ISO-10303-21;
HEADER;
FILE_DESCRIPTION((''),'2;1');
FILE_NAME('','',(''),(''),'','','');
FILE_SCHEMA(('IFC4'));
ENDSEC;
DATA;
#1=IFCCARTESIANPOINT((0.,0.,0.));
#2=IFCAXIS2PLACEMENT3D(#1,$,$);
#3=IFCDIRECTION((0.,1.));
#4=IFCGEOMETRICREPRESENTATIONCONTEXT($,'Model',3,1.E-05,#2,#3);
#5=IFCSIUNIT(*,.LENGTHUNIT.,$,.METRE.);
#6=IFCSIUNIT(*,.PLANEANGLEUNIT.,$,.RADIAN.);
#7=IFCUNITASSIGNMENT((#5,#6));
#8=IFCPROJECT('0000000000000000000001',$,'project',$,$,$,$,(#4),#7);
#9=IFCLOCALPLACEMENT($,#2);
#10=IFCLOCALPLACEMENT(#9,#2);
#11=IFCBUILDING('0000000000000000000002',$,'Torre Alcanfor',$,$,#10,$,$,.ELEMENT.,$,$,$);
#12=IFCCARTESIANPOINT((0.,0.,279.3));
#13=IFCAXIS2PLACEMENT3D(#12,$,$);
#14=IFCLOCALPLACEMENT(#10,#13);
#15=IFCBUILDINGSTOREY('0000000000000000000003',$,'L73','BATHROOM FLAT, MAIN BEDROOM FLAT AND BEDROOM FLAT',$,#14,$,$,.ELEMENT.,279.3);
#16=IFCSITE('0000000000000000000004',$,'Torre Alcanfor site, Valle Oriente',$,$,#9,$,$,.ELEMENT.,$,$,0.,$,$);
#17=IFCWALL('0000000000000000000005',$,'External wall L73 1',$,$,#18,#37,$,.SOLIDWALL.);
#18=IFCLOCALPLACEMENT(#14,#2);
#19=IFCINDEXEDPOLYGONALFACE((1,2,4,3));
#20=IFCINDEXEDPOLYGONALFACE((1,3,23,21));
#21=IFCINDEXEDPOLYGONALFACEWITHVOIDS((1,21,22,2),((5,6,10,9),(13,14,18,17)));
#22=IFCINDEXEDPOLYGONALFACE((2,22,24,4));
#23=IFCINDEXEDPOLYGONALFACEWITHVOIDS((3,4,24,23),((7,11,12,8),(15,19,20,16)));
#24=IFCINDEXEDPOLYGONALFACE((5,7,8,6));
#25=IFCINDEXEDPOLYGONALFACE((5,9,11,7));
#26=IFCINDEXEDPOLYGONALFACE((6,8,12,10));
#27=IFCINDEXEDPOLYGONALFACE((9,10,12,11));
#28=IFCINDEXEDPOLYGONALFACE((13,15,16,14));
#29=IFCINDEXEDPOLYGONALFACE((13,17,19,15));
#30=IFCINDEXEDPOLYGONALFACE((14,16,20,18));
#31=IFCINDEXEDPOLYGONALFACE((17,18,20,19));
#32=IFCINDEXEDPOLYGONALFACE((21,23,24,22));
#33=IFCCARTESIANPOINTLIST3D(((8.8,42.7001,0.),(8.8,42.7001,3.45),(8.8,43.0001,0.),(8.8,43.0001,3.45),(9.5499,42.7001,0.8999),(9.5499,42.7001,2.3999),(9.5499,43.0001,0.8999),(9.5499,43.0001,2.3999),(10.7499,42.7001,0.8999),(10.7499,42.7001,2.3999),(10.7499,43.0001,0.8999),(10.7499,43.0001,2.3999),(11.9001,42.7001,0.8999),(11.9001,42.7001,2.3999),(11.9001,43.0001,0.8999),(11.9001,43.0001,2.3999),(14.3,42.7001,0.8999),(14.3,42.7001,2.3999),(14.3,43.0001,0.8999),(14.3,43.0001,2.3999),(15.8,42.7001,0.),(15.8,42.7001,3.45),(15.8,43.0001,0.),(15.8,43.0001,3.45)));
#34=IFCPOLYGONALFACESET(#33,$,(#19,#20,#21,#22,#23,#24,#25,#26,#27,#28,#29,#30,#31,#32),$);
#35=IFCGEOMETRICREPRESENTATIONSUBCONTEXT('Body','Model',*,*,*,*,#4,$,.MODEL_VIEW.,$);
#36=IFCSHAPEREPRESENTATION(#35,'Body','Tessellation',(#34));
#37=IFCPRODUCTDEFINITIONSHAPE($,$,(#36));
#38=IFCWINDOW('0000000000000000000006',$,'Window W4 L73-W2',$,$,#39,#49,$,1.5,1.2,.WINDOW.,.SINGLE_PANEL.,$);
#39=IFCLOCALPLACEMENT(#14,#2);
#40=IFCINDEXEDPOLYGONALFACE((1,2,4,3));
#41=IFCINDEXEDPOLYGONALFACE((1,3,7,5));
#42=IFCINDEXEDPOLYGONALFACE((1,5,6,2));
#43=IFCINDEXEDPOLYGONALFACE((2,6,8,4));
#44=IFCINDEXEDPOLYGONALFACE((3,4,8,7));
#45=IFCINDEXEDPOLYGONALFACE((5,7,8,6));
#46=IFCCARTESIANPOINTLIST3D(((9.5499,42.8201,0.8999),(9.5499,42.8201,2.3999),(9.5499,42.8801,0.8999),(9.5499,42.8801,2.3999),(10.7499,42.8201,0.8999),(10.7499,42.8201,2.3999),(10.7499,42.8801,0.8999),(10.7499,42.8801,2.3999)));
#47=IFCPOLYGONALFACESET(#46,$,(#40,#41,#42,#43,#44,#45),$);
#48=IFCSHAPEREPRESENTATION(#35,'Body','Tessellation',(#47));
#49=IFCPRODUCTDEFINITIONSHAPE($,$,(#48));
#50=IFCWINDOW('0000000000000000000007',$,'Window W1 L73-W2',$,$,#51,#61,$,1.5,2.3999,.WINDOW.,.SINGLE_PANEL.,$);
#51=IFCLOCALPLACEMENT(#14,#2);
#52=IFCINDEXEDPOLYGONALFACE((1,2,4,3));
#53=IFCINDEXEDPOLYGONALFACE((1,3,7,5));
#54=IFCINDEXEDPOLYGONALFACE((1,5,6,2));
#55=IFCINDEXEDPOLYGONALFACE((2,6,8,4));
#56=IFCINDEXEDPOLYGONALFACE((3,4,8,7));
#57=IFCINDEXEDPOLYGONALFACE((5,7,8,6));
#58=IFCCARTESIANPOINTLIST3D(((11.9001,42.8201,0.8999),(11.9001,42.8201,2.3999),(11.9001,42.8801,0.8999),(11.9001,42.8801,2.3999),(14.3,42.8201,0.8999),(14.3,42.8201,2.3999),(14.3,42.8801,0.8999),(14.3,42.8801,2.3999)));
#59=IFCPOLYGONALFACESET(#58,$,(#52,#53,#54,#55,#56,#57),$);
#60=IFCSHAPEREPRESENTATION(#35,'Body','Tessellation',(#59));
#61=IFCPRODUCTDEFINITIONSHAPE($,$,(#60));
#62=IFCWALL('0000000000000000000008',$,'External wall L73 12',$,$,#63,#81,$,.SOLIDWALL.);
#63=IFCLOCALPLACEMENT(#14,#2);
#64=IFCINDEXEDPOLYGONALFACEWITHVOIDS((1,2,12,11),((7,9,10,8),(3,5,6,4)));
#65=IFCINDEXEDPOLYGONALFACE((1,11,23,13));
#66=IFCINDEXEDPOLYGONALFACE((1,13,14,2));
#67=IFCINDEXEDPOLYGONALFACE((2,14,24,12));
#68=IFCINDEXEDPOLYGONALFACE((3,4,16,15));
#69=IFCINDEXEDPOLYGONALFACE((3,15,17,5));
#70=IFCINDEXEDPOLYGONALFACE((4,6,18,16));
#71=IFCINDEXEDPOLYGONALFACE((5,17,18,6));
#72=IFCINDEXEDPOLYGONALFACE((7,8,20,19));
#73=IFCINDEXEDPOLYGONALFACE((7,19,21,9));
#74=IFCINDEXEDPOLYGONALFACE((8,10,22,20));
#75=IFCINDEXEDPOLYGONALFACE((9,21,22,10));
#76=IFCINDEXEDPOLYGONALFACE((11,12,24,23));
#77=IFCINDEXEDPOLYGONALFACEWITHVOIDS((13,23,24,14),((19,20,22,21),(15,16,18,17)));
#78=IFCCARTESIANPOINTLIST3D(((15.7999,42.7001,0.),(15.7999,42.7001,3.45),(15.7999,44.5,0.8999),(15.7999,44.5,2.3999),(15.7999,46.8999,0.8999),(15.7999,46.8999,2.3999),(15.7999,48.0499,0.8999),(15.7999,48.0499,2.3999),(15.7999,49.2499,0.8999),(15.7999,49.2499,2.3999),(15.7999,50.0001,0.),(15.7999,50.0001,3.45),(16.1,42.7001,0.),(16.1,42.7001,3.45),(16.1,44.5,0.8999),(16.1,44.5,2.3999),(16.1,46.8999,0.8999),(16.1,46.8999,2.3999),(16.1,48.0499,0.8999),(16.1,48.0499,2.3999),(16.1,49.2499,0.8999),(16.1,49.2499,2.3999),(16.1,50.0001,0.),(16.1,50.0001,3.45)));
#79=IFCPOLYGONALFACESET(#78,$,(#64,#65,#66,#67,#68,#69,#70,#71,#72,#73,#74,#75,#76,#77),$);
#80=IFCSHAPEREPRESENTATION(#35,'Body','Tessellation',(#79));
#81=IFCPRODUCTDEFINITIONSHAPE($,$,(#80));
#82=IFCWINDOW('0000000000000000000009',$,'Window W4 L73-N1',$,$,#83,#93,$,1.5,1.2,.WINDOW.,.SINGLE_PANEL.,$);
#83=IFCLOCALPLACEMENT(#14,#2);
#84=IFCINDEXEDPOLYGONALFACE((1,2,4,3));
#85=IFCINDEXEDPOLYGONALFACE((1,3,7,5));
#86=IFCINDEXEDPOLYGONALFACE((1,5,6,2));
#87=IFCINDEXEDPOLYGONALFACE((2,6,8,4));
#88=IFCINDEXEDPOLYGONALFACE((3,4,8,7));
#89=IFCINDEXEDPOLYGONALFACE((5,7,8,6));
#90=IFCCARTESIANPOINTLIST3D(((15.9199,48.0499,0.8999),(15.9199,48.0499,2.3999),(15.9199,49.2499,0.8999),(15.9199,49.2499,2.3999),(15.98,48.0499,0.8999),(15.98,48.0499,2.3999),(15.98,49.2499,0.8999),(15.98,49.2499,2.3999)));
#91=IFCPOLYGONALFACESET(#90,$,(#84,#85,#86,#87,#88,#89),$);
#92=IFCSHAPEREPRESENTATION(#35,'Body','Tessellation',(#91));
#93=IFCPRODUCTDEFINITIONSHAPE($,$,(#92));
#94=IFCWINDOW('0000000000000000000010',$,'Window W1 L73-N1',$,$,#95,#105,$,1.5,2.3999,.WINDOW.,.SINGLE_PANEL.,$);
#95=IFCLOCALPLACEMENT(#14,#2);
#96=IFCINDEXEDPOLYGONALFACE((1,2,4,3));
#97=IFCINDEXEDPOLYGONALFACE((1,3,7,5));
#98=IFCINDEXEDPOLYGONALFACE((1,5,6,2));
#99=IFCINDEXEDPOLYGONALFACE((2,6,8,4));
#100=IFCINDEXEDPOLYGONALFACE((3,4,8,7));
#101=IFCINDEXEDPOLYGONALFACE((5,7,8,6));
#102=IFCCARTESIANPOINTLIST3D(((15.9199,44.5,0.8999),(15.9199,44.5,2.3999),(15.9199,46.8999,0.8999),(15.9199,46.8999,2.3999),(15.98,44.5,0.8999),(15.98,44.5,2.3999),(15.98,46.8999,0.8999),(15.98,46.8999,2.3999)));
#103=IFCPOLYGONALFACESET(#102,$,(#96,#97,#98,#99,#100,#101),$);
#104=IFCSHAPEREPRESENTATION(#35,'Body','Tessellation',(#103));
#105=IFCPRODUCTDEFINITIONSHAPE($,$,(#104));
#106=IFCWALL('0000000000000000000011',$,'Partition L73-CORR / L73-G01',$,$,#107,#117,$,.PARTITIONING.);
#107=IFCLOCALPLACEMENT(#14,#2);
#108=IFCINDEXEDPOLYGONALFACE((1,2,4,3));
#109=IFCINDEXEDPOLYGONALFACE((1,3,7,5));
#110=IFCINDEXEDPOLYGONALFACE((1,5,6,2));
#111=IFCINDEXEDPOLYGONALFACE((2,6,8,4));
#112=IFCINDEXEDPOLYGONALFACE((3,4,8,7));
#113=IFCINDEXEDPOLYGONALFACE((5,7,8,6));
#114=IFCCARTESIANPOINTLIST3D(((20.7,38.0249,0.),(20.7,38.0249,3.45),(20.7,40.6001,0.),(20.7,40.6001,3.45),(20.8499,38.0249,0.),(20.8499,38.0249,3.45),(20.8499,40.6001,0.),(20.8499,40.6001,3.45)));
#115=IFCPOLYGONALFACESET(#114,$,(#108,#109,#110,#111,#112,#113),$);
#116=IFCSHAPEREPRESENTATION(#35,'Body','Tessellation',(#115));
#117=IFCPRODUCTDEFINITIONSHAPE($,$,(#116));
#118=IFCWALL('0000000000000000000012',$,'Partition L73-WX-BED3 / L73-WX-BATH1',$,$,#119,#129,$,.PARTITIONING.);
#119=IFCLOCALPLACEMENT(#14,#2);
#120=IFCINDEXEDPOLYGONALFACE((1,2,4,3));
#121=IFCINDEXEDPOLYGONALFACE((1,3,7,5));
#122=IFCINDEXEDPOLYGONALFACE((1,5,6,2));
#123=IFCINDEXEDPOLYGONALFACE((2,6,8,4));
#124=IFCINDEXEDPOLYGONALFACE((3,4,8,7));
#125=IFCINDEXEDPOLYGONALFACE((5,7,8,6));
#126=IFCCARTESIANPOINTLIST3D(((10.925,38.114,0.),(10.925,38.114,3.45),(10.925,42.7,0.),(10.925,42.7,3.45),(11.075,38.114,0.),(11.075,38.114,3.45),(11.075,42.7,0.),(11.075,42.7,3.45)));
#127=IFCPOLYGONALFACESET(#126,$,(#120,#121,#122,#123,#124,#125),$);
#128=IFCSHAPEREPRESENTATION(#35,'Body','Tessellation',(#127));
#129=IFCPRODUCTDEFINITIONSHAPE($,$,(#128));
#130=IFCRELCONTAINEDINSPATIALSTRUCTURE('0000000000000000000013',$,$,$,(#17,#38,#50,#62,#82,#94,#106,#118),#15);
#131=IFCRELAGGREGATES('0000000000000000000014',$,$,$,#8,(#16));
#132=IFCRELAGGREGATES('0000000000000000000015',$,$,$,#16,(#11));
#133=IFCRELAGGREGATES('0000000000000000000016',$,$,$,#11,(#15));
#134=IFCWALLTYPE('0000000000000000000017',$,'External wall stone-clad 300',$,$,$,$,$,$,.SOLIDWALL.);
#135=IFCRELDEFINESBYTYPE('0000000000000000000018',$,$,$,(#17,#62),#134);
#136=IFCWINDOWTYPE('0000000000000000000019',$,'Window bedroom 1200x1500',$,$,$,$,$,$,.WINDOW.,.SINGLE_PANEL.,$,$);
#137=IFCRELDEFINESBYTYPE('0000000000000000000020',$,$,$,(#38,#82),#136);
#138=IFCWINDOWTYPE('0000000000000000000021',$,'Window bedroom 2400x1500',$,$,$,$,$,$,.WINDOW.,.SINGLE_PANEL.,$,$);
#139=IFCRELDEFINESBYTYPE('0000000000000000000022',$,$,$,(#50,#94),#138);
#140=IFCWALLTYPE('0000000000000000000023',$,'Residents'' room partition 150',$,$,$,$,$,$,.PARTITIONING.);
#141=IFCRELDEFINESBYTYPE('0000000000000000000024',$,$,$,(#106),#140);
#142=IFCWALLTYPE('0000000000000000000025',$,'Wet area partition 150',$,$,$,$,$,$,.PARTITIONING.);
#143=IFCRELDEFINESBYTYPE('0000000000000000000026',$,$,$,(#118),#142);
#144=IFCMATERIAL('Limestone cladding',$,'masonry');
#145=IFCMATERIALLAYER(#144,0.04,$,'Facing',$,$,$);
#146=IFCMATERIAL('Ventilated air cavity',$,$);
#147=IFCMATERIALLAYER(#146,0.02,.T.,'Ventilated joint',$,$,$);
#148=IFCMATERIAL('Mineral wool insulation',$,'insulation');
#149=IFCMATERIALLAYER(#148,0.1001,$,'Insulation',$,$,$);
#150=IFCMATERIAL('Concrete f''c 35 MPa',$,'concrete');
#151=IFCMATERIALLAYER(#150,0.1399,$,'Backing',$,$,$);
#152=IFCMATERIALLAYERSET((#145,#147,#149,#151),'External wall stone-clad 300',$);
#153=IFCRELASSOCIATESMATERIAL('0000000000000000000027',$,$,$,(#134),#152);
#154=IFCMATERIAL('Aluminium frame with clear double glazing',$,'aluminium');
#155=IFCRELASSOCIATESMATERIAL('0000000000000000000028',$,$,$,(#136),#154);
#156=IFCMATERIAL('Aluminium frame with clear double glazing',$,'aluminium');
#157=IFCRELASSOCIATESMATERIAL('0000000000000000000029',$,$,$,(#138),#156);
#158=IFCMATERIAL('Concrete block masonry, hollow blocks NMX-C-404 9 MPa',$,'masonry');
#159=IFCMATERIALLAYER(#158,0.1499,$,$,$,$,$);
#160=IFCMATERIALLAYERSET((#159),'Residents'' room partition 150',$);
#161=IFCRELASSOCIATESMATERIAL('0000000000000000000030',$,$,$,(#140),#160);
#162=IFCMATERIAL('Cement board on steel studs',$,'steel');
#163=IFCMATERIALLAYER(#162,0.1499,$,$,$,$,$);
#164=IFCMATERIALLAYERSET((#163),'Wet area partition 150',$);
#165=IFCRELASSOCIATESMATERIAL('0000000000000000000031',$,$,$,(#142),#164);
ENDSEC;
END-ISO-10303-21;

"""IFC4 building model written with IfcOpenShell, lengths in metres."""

from ifc_helpers import new_model, si_unit, direction, frame, frame_2d, origin, place, context, subcontext, project, spatial, rectangle, extrude, material, layer, layer_set, type_object, element, fill, save


model = new_model("IFC4")

# Units and contexts
model_context = context("Model", 3, precision=1e-05, world=origin(), true_north=direction((0.0, 1.0)))
body_context = subcontext(model_context, "Body", "Model", "MODEL_VIEW")
ifc_project = project(units=[si_unit("LENGTHUNIT", "METRE"), si_unit("PLANEANGLEUNIT", "RADIAN")], contexts=[model_context])

# Site, building, storey
site_placement = place(None, origin())
site = spatial("IfcSite", under=ifc_project, at=site_placement, Name="Torre Alcanfor site, Valle Oriente", CompositionType="ELEMENT", RefElevation=0.0)
building_placement = place(site_placement, origin())
building = spatial("IfcBuilding", under=site, at=building_placement, Name="Torre Alcanfor", CompositionType="ELEMENT")
storey_placement = place(building_placement, frame((0.0, 0.0, 279.3)))
storey = spatial("IfcBuildingStorey", under=building, at=storey_placement, Name="L73", Description="BATHROOM FLAT, MAIN BEDROOM FLAT AND BEDROOM FLAT", CompositionType="ELEMENT", Elevation=279.3)

# Walls, openings, windows
ifc_material_1 = material(Name="Limestone cladding", Category="masonry")
ifc_layer_1 = layer(ifc_material_1, 0.04, Name="Facing")
ifc_material_2 = material(Name="Ventilated air cavity")
ifc_layer_2 = layer(ifc_material_2, 0.02, ventilated=True, Name="Ventilated joint")
ifc_material_3 = material(Name="Mineral wool insulation", Category="insulation")
ifc_layer_3 = layer(ifc_material_3, 0.1001, Name="Insulation")
ifc_material_4 = material(Name="Concrete f'c 35 MPa", Category="concrete")
ifc_layer_4 = layer(ifc_material_4, 0.1399, Name="Backing")
ifc_layer_set_1 = layer_set([ifc_layer_1, ifc_layer_2, ifc_layer_3, ifc_layer_4], Name="External wall stone-clad 300")
wall_type_1 = type_object("IfcWallType", Name="External wall stone-clad 300", PredefinedType="SOLIDWALL", material=ifc_layer_set_1)
wall_1_placement = place(storey_placement, frame((15.8, 42.8501, 0.0), z_axis=(0.0, 0.0, 1.0), x_axis=(-1.0, 0.0, 0.0)))
wall_1 = element("IfcWall", 1, at=wall_1_placement, inside=storey, type_object=wall_type_1, Name="External wall L73 1", PredefinedType="SOLIDWALL", context=body_context, shape_type="SweptSolid", body=[
    extrude(rectangle(XDim=7.0, YDim=0.3, at=frame_2d((3.5, 0.0))), origin(), (0.0, 0.0, 1.0), 3.45),
])
opening_1_placement = place(wall_1_placement, frame((1.5, 0.0, 0.8999)))
opening_1 = element("IfcOpeningElement", 2, at=opening_1_placement, cuts=wall_1, PredefinedType="OPENING", context=body_context, shape_type="SweptSolid", body=[
    extrude(rectangle(XDim=2.3999, YDim=1.5, at=frame_2d((1.2, 0.75))), frame((0.0, 0.1599, 0.0), z_axis=(0.0, -1.0, 0.0), x_axis=(1.0, 0.0, 0.0)), (0.0, 0.0, 1.0), 0.3201),
])
opening_2_placement = place(wall_1_placement, frame((5.05, 0.0, 0.8999)))
opening_2 = element("IfcOpeningElement", 3, at=opening_2_placement, cuts=wall_1, PredefinedType="OPENING", context=body_context, shape_type="SweptSolid", body=[
    extrude(rectangle(XDim=1.2, YDim=1.5, at=frame_2d((0.6001, 0.75))), frame((0.0, 0.1599, 0.0), z_axis=(0.0, -1.0, 0.0), x_axis=(1.0, 0.0, 0.0)), (0.0, 0.0, 1.0), 0.3201),
])
ifc_material_5 = material(Name="Aluminium frame with clear double glazing", Category="aluminium")
window_type_1 = type_object("IfcWindowType", Name="Window bedroom 1200x1500", PartitioningType="SINGLE_PANEL", PredefinedType="WINDOW", material=ifc_material_5)
window_1_placement = place(opening_2_placement, origin())
window_1 = element("IfcWindow", 4, at=window_1_placement, inside=storey, type_object=window_type_1, Name="Window W4 L73-W2", OverallHeight=1.5, OverallWidth=1.2, PartitioningType="SINGLE_PANEL", PredefinedType="WINDOW", context=body_context, shape_type="SweptSolid", body=[
    extrude(rectangle(XDim=1.2, YDim=1.5, at=frame_2d((0.6001, 0.75))), frame((0.0, 0.03, 0.0), z_axis=(0.0, -1.0, 0.0), x_axis=(1.0, 0.0, 0.0)), (0.0, 0.0, 1.0), 0.0601),
])
fill(opening_2, window_1)
ifc_material_6 = material(Name="Aluminium frame with clear double glazing", Category="aluminium")
window_type_2 = type_object("IfcWindowType", Name="Window bedroom 2400x1500", PartitioningType="SINGLE_PANEL", PredefinedType="WINDOW", material=ifc_material_6)
window_2_placement = place(opening_1_placement, origin())
window_2 = element("IfcWindow", 5, at=window_2_placement, inside=storey, type_object=window_type_2, Name="Window W1 L73-W2", OverallHeight=1.5, OverallWidth=2.3999, PartitioningType="SINGLE_PANEL", PredefinedType="WINDOW", context=body_context, shape_type="SweptSolid", body=[
    extrude(rectangle(XDim=2.3999, YDim=1.5, at=frame_2d((1.2, 0.75))), frame((0.0, 0.03, 0.0), z_axis=(0.0, -1.0, 0.0), x_axis=(1.0, 0.0, 0.0)), (0.0, 0.0, 1.0), 0.0601),
])
fill(opening_1, window_2)
wall_2_placement = place(storey_placement, frame((15.95, 50.0, 0.0), z_axis=(0.0, 0.0, 1.0), x_axis=(0.0, -1.0, 0.0)))
wall_2 = element("IfcWall", 6, at=wall_2_placement, inside=storey, type_object=wall_type_1, Name="External wall L73 12", PredefinedType="SOLIDWALL", context=body_context, shape_type="SweptSolid", body=[
    extrude(rectangle(XDim=7.3, YDim=0.3, at=frame_2d((3.6499, 0.0))), origin(), (0.0, 0.0, 1.0), 3.45),
])
opening_3_placement = place(wall_2_placement, frame((3.1001, 0.0, 0.8999)))
opening_3 = element("IfcOpeningElement", 7, at=opening_3_placement, cuts=wall_2, PredefinedType="OPENING", context=body_context, shape_type="SweptSolid", body=[
    extrude(rectangle(XDim=2.3999, YDim=1.5, at=frame_2d((1.2, 0.75))), frame((0.0, 0.1599, 0.0), z_axis=(0.0, -1.0, 0.0), x_axis=(1.0, 0.0, 0.0)), (0.0, 0.0, 1.0), 0.3201),
])
opening_4_placement = place(wall_2_placement, frame((0.75, 0.0, 0.8999)))
opening_4 = element("IfcOpeningElement", 8, at=opening_4_placement, cuts=wall_2, PredefinedType="OPENING", context=body_context, shape_type="SweptSolid", body=[
    extrude(rectangle(XDim=1.2, YDim=1.5, at=frame_2d((0.6001, 0.75))), frame((0.0, 0.1599, 0.0), z_axis=(0.0, -1.0, 0.0), x_axis=(1.0, 0.0, 0.0)), (0.0, 0.0, 1.0), 0.3201),
])
window_3_placement = place(opening_4_placement, origin())
window_3 = element("IfcWindow", 9, at=window_3_placement, inside=storey, type_object=window_type_1, Name="Window W4 L73-N1", OverallHeight=1.5, OverallWidth=1.2, PartitioningType="SINGLE_PANEL", PredefinedType="WINDOW", context=body_context, shape_type="SweptSolid", body=[
    extrude(rectangle(XDim=1.2, YDim=1.5, at=frame_2d((0.6001, 0.75))), frame((0.0, 0.03, 0.0), z_axis=(0.0, -1.0, 0.0), x_axis=(1.0, 0.0, 0.0)), (0.0, 0.0, 1.0), 0.0601),
])
fill(opening_4, window_3)
window_4_placement = place(opening_3_placement, origin())
window_4 = element("IfcWindow", 10, at=window_4_placement, inside=storey, type_object=window_type_2, Name="Window W1 L73-N1", OverallHeight=1.5, OverallWidth=2.3999, PartitioningType="SINGLE_PANEL", PredefinedType="WINDOW", context=body_context, shape_type="SweptSolid", body=[
    extrude(rectangle(XDim=2.3999, YDim=1.5, at=frame_2d((1.2, 0.75))), frame((0.0, 0.03, 0.0), z_axis=(0.0, -1.0, 0.0), x_axis=(1.0, 0.0, 0.0)), (0.0, 0.0, 1.0), 0.0601),
])
fill(opening_3, window_4)

# Walls
ifc_material_7 = material(Name="Concrete block masonry, hollow blocks NMX-C-404 9 MPa", Category="masonry")
ifc_layer_5 = layer(ifc_material_7, 0.1499)
ifc_layer_set_2 = layer_set([ifc_layer_5], Name="Residents' room partition 150")
wall_type_2 = type_object("IfcWallType", Name="Residents' room partition 150", PredefinedType="PARTITIONING", material=ifc_layer_set_2)
wall_3_placement = place(storey_placement, frame((20.7749, 40.6001, 0.0), z_axis=(0.0, 0.0, 1.0), x_axis=(0.0, -1.0, 0.0)))
element("IfcWall", 11, at=wall_3_placement, inside=storey, type_object=wall_type_2, Name="Partition L73-CORR / L73-G01", PredefinedType="PARTITIONING", context=body_context, shape_type="SweptSolid", body=[
    extrude(rectangle(XDim=2.5752, YDim=0.1499, at=frame_2d((1.2876, 0.0))), origin(), (0.0, 0.0, 1.0), 3.45),
])
ifc_material_8 = material(Name="Cement board on steel studs", Category="steel")
ifc_layer_6 = layer(ifc_material_8, 0.1499)
ifc_layer_set_3 = layer_set([ifc_layer_6], Name="Wet area partition 150")
wall_type_3 = type_object("IfcWallType", Name="Wet area partition 150", PredefinedType="PARTITIONING", material=ifc_layer_set_3)
wall_4_placement = place(storey_placement, frame((11.0, 42.7, 0.0), z_axis=(0.0, 0.0, 1.0), x_axis=(0.0, -1.0, 0.0)))
element("IfcWall", 12, at=wall_4_placement, inside=storey, type_object=wall_type_3, Name="Partition L73-WX-BED3 / L73-WX-BATH1", PredefinedType="PARTITIONING", context=body_context, shape_type="SweptSolid", body=[
    extrude(rectangle(XDim=4.5859, YDim=0.1499, at=frame_2d((2.293, 0.0))), origin(), (0.0, 0.0, 1.0), 3.45),
])

save(model, "model.ifc")
